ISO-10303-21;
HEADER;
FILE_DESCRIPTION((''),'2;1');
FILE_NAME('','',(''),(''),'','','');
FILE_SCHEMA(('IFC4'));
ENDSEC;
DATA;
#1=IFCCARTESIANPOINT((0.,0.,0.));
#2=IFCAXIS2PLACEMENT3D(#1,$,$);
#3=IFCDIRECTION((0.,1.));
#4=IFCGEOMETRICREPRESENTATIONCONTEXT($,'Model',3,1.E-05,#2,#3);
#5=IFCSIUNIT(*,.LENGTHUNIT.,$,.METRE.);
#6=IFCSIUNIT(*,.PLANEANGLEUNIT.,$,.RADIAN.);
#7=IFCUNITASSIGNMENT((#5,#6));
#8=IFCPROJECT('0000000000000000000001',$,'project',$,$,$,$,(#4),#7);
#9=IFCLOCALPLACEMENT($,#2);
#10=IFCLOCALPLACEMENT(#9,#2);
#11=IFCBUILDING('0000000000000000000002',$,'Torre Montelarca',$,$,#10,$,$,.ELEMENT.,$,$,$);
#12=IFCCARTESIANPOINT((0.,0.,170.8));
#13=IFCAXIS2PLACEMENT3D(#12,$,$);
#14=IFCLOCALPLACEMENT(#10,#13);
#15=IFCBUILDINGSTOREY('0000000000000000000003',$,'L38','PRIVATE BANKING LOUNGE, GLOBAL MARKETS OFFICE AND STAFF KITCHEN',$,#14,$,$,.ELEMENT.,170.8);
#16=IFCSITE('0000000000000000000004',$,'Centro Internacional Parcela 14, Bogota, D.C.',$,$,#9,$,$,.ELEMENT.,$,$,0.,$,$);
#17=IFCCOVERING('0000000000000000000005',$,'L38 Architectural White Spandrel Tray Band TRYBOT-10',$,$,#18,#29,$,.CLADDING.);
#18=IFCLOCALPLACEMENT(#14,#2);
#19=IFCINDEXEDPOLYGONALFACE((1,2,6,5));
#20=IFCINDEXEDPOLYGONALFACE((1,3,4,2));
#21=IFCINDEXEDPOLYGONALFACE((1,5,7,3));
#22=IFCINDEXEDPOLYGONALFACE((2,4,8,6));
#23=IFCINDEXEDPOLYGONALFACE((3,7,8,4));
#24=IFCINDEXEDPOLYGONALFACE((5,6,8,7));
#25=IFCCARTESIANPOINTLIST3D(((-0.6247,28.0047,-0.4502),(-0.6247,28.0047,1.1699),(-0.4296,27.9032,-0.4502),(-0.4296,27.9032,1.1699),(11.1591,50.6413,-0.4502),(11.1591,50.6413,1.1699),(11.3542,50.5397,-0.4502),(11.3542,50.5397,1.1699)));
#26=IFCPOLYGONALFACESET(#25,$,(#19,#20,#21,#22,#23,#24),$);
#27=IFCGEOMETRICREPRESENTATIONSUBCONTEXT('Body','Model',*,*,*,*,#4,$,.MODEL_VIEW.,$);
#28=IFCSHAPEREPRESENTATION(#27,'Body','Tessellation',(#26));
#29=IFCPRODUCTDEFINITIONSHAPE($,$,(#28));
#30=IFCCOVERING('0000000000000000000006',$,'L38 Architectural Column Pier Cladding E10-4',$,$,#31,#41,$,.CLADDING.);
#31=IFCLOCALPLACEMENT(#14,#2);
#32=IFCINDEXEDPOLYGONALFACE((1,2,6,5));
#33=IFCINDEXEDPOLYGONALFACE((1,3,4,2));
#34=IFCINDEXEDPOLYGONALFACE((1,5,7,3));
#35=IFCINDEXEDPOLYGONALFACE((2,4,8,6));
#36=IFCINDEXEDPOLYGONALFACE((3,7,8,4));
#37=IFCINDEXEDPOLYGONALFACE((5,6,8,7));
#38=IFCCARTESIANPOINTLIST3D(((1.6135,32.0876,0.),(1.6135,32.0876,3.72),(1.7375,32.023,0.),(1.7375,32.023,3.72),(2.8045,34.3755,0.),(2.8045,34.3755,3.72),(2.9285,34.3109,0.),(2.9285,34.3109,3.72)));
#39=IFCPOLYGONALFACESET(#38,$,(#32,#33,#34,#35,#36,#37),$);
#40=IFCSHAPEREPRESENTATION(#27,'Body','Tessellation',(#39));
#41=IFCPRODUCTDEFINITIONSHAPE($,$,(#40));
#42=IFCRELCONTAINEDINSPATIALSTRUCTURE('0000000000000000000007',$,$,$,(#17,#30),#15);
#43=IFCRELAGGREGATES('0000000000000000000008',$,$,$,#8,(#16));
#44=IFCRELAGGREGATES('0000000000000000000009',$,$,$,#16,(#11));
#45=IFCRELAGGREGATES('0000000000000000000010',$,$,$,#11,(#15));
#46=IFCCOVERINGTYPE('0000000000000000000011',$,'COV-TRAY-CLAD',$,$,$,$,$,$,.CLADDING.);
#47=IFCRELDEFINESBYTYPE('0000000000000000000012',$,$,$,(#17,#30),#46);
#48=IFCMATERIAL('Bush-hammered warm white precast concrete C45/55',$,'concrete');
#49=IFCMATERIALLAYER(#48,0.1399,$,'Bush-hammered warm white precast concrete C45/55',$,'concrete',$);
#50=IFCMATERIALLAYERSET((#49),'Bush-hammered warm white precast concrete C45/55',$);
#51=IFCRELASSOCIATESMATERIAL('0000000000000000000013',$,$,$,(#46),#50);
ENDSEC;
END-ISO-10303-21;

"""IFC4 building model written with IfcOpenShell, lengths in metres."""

from ifc_helpers import new_model, si_unit, direction, frame, origin, origin_2d, place, context, subcontext, project, spatial, rectangle, extrude, source, transform, mapped, material, layer, layer_set, type_object, element, save


model = new_model("IFC4")

# Units and contexts
model_context = context("Model", 3, precision=1e-05, world=origin(), true_north=direction((0.0, 1.0)))
body_context = subcontext(model_context, "Body", "Model", "MODEL_VIEW")
ifc_project = project(units=[si_unit("LENGTHUNIT", "METRE"), si_unit("PLANEANGLEUNIT", "RADIAN")], contexts=[model_context])

# Site, building, storey
site_placement = place(None, origin())
site = spatial("IfcSite", under=ifc_project, at=site_placement, Name="Centro Internacional Parcela 14, Bogota, D.C.", CompositionType="ELEMENT", RefElevation=0.0)
building_placement = place(site_placement, origin())
building = spatial("IfcBuilding", under=site, at=building_placement, Name="Torre Montelarca", CompositionType="ELEMENT")
storey_placement = place(building_placement, frame((0.0, 0.0, 170.8)))
storey = spatial("IfcBuildingStorey", under=building, at=storey_placement, Name="L38", Description="PRIVATE BANKING LOUNGE, GLOBAL MARKETS OFFICE AND STAFF KITCHEN", CompositionType="ELEMENT", Elevation=170.8)

# Coverings
ifc_material_1 = material(Name="Bush-hammered warm white precast concrete C45/55", Category="concrete")
ifc_layer_1 = layer(ifc_material_1, 0.1399, Name="Bush-hammered warm white precast concrete C45/55", Category="concrete")
ifc_layer_set_1 = layer_set([ifc_layer_1], Name="Bush-hammered warm white precast concrete C45/55")
covering_type = type_object("IfcCoveringType", Name="COV-TRAY-CLAD", PredefinedType="CLADDING", material=ifc_layer_set_1)
shared_shape_1 = source(origin(), body_context, "Body", "SweptSolid", [
    extrude(rectangle(XDim=25.52, YDim=0.22, at=origin_2d()), origin(), (0.0, 0.0, 1.0), 1.6201),
])
covering_1_placement = place(storey_placement, frame((5.3647, 39.2722, -0.4502), z_axis=(0.0, 0.0, 1.0), x_axis=(-0.461747, -0.887012, 0.0)))
element("IfcCovering", 1, at=covering_1_placement, inside=storey, type_object=covering_type, Name="L38 Architectural White Spandrel Tray Band TRYBOT-10", PredefinedType="CLADDING", context=body_context, shape_type="MappedRepresentation", body=[
    mapped(shared_shape_1, transform((0.0, 0.0, 0.0), scale=1.0)),
])
shared_shape_2 = source(origin(), body_context, "Body", "SweptSolid", [
    extrude(rectangle(XDim=2.5793, YDim=0.1399, at=origin_2d()), origin(), (0.0, 0.0, 1.0), 3.72),
])
covering_2_placement = place(storey_placement, frame((2.271, 33.1992, 0.0), z_axis=(0.0, 0.0, 1.0), x_axis=(-0.461746, -0.887012, 0.0)))
element("IfcCovering", 2, at=covering_2_placement, inside=storey, type_object=covering_type, Name="L38 Architectural Column Pier Cladding E10-4", PredefinedType="CLADDING", context=body_context, shape_type="MappedRepresentation", body=[
    mapped(shared_shape_2, transform((0.0, 0.0, 0.0), scale=1.0)),
])

save(model, "model.ifc")
